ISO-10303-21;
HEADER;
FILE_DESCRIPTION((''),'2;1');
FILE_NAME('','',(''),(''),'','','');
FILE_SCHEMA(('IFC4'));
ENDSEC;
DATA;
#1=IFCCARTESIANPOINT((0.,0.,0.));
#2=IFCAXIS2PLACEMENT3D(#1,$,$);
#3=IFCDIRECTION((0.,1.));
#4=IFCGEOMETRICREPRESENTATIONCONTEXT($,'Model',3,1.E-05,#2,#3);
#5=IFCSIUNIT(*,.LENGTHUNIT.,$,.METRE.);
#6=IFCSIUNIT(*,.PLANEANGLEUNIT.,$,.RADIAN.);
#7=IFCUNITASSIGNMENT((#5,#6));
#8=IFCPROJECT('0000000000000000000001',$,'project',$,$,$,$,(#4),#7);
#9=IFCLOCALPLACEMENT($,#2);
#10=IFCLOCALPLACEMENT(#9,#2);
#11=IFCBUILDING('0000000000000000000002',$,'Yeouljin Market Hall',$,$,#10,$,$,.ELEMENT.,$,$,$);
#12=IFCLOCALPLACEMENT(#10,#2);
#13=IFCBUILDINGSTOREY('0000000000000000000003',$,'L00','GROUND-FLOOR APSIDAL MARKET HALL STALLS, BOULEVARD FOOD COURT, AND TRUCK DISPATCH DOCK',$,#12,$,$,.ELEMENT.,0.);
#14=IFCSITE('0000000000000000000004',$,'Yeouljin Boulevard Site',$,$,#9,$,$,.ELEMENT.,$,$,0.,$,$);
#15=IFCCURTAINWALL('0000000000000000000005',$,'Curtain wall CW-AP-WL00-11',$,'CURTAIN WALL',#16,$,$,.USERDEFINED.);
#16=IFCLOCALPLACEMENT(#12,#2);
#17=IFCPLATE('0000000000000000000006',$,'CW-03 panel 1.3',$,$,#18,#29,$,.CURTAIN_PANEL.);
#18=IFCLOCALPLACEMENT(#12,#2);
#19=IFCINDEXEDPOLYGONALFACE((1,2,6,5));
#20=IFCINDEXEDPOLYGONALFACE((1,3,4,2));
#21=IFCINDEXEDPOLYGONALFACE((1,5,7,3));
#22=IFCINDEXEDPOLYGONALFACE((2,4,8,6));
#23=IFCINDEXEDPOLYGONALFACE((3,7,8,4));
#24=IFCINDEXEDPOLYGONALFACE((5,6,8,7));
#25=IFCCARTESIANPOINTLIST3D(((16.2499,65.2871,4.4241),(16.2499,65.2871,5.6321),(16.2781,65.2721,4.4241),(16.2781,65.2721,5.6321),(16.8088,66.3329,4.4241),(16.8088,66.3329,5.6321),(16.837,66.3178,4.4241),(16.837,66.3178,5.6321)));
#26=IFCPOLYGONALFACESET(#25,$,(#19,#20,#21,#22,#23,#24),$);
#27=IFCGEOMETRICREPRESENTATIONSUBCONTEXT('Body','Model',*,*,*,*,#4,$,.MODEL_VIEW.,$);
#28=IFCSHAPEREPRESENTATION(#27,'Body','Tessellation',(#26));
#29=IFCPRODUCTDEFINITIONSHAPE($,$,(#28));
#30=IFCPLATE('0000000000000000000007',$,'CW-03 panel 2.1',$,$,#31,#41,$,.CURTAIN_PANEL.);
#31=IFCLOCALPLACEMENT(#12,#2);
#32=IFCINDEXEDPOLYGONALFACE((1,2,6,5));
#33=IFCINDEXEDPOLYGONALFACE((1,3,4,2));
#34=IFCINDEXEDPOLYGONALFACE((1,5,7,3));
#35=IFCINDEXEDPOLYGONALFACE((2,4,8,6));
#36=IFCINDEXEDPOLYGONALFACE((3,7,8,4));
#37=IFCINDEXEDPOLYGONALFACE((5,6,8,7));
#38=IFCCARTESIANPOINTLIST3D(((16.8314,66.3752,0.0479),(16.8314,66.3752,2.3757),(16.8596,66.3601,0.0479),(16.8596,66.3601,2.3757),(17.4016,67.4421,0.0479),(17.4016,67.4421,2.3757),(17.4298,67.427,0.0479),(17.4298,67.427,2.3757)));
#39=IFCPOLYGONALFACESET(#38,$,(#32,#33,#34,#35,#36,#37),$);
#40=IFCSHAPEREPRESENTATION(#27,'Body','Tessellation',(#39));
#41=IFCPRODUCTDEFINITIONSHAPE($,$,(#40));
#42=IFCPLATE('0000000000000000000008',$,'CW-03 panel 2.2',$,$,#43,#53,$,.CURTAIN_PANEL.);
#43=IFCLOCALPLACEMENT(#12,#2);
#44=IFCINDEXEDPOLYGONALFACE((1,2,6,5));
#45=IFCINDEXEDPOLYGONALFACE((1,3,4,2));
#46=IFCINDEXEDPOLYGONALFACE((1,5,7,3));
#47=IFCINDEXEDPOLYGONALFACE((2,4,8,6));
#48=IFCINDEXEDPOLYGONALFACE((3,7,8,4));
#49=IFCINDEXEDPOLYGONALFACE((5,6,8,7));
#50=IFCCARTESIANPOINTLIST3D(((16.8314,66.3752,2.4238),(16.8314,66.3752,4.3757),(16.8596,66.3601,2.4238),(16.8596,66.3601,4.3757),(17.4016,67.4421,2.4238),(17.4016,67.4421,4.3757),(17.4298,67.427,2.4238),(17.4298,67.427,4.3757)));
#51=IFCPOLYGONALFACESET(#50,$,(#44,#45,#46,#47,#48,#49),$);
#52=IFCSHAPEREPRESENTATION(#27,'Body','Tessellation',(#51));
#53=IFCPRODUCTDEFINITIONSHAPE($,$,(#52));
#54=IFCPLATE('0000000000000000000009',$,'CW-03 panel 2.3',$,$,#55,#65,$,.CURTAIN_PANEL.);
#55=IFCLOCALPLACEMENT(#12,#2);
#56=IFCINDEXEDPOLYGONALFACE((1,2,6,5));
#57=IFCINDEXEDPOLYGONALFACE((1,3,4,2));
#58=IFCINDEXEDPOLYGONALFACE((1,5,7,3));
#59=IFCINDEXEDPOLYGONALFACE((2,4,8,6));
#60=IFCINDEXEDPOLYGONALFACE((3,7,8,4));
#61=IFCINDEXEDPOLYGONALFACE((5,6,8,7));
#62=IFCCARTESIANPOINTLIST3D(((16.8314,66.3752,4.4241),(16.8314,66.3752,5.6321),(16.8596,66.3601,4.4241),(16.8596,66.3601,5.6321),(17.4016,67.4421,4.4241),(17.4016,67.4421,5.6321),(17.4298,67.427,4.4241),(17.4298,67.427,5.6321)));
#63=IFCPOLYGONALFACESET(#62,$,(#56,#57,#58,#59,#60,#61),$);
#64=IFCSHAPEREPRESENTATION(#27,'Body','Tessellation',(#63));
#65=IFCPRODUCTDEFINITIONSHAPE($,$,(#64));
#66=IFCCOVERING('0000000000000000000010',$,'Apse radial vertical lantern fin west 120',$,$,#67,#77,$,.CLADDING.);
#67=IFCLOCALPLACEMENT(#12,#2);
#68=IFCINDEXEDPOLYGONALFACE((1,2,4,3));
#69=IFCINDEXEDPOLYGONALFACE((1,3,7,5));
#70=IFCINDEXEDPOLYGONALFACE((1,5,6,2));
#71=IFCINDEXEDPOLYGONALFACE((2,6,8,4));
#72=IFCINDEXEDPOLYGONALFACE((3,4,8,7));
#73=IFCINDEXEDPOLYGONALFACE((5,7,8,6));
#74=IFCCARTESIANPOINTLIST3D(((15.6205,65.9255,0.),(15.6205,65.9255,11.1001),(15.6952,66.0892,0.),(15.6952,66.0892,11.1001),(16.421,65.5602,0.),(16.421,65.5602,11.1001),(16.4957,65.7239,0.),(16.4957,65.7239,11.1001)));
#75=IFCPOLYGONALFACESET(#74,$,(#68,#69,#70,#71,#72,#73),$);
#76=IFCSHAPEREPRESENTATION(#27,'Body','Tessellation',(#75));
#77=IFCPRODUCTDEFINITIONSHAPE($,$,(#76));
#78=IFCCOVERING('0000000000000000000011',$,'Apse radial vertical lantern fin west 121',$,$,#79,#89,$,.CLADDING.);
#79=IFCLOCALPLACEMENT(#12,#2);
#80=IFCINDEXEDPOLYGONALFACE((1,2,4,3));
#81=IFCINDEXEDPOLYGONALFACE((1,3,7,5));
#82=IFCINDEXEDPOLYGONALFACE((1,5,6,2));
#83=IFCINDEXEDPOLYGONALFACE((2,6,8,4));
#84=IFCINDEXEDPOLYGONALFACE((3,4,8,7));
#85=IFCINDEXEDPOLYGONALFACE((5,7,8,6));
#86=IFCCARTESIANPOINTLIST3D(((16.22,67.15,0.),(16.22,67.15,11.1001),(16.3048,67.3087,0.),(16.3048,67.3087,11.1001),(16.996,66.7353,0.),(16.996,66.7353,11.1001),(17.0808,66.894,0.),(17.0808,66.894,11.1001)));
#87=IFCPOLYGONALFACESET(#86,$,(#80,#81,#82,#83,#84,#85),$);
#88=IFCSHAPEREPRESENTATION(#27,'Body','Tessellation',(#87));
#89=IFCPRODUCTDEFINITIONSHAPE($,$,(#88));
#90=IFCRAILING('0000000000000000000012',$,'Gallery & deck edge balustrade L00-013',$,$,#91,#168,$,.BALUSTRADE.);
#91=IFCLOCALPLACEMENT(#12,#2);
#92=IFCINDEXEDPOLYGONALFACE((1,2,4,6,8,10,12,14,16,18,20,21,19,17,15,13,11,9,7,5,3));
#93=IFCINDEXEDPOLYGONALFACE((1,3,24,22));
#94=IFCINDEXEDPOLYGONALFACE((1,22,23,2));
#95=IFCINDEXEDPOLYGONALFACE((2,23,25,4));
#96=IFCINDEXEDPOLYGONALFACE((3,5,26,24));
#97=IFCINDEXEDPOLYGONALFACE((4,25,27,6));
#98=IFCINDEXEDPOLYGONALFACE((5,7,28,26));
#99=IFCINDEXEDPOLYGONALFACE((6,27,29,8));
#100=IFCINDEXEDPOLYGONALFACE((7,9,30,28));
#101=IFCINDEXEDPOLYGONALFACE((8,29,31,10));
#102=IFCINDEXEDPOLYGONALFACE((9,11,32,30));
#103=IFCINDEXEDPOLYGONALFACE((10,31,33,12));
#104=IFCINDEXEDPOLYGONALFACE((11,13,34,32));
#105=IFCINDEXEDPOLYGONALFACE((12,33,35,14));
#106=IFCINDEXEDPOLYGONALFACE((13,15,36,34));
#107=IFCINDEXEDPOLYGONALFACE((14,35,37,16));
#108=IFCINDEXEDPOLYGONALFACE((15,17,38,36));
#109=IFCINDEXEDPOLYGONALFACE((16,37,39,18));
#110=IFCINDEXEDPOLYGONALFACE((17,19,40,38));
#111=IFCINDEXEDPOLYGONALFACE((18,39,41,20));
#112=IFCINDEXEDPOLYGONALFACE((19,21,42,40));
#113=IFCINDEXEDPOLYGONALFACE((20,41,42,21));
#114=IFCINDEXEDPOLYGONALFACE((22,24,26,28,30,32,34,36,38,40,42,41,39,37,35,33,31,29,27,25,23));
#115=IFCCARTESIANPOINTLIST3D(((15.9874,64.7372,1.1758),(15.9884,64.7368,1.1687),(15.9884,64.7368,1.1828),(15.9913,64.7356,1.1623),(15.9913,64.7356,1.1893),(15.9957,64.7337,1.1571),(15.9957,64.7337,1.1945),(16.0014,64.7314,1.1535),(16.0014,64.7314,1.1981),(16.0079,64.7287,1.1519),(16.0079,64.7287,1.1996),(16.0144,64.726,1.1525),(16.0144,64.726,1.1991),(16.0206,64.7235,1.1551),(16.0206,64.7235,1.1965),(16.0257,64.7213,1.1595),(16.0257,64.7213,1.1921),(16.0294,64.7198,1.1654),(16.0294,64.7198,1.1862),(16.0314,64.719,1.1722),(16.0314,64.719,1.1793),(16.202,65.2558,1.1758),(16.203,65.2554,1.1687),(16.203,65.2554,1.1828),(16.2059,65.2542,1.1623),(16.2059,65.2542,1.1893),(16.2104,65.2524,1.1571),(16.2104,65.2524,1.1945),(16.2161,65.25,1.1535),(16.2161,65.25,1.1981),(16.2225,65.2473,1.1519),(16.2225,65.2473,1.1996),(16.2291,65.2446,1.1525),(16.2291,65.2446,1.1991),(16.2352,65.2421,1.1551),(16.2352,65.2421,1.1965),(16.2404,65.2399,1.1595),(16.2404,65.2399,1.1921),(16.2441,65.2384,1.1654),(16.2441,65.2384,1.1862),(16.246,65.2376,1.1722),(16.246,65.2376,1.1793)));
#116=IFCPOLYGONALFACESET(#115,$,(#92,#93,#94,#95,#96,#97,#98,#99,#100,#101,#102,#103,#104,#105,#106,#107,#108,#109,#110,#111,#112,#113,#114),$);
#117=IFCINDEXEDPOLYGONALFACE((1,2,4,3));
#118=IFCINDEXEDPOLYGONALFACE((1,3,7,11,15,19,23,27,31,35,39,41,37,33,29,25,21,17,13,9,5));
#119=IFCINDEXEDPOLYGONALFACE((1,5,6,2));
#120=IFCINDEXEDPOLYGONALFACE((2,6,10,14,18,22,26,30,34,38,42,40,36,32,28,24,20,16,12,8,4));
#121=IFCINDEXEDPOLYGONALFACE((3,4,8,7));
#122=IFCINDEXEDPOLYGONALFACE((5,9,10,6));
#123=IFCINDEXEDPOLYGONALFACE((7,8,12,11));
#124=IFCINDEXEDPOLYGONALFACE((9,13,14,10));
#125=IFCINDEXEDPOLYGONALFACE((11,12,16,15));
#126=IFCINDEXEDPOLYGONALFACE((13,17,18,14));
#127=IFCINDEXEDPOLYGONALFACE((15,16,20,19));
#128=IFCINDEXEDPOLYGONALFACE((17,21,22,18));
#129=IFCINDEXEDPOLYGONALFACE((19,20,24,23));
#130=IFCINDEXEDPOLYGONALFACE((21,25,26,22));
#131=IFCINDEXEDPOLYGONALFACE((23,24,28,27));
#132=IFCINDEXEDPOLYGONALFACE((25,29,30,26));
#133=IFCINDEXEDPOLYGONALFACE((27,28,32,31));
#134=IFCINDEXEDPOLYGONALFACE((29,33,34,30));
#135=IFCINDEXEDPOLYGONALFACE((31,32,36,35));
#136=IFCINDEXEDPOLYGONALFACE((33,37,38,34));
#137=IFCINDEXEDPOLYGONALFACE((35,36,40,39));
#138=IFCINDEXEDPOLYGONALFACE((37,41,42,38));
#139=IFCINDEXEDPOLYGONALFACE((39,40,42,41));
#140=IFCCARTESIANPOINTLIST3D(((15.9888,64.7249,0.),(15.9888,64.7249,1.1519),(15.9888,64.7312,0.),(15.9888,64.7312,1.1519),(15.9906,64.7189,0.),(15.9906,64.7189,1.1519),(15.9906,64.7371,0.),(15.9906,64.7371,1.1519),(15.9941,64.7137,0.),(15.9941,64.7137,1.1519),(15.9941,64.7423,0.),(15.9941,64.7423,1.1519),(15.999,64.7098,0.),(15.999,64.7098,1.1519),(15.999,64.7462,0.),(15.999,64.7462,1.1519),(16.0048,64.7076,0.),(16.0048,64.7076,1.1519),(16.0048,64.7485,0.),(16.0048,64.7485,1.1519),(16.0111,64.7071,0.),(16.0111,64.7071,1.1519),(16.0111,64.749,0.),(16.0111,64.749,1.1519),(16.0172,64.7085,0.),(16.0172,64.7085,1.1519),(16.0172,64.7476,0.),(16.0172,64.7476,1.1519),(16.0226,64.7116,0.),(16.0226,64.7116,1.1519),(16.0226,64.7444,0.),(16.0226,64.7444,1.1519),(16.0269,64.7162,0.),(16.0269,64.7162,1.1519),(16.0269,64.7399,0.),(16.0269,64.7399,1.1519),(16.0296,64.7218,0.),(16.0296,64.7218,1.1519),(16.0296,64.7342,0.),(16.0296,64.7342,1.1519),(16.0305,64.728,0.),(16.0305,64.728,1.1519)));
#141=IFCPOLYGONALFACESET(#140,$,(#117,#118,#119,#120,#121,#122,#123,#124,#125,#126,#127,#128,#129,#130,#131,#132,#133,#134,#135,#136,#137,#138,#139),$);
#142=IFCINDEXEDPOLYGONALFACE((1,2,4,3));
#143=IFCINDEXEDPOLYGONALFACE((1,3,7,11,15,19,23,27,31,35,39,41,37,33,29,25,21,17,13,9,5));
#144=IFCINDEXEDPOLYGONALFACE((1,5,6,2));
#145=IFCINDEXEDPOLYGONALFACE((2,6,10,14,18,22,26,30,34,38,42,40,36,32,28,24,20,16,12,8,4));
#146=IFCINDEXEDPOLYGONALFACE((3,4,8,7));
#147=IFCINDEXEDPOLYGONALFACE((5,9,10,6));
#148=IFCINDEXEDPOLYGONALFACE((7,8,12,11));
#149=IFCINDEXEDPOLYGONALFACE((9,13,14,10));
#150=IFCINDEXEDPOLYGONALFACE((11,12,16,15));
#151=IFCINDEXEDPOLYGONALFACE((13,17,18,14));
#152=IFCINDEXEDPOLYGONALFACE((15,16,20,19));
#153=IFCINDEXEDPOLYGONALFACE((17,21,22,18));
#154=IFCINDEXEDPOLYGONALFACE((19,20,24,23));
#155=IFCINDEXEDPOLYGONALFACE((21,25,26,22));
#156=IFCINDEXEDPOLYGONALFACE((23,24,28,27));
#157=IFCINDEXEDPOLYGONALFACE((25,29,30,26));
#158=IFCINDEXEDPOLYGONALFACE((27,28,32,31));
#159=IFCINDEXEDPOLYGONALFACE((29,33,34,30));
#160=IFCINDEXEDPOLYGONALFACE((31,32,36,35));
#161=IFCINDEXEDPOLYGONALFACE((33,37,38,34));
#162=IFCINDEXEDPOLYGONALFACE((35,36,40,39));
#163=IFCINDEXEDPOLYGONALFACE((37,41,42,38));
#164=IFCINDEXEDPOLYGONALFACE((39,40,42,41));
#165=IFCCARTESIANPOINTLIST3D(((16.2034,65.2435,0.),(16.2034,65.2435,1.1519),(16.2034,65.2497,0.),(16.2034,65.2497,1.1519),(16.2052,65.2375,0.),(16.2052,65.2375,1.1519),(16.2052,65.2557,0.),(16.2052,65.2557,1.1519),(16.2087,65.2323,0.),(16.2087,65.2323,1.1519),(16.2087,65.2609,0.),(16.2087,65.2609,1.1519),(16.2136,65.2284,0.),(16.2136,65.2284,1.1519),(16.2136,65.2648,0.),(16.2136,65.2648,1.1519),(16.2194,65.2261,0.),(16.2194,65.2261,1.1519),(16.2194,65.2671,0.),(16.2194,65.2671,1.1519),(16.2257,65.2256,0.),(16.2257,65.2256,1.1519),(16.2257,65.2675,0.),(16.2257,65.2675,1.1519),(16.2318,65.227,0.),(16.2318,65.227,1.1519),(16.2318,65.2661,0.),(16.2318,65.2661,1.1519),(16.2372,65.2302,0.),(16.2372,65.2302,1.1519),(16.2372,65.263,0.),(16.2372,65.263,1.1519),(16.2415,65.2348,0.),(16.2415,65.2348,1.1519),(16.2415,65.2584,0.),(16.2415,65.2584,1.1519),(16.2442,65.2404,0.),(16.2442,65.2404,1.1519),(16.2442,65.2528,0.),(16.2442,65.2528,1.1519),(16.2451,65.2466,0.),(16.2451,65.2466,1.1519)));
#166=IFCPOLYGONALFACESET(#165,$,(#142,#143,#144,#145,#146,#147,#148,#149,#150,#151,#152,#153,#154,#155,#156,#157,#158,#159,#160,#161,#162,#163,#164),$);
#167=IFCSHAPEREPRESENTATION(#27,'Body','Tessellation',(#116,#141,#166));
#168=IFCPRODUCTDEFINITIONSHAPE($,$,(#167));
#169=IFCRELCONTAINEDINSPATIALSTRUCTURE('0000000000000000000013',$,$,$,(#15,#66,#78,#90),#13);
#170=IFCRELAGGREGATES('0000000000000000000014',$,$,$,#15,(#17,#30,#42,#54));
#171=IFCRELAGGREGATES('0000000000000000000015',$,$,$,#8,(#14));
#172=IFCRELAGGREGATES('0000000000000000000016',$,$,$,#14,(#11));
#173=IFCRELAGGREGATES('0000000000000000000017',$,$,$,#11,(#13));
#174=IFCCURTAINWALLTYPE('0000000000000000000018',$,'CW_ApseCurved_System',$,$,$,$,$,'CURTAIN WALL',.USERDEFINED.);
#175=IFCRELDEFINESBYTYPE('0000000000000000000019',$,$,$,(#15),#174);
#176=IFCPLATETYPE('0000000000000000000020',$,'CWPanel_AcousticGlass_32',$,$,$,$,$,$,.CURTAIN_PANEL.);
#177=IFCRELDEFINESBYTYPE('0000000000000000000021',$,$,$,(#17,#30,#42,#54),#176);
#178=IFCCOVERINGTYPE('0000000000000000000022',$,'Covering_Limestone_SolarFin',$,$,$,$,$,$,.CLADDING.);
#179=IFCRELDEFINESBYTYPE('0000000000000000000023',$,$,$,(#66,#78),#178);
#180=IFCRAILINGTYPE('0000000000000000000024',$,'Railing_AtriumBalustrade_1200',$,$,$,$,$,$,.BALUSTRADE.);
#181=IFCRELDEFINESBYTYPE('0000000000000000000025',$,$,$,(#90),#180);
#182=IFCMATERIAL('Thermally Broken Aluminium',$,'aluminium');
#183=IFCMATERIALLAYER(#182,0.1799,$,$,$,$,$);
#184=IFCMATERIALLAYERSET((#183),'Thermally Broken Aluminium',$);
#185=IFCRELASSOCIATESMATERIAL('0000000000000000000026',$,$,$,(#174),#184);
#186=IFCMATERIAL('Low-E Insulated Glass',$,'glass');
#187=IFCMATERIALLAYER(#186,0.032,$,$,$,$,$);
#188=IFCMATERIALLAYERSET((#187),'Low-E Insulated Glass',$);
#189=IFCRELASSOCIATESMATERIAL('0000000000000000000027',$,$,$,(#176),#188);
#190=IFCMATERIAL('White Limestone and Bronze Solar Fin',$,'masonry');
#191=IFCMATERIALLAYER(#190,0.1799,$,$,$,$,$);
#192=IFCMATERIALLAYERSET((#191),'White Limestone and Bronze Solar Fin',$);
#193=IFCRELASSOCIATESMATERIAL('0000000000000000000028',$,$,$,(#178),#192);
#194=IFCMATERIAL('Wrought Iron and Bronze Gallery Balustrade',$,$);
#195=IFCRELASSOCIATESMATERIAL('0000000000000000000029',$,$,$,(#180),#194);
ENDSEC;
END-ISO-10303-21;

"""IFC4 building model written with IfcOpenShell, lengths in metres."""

from ifc_helpers import new_model, si_unit, direction, frame, origin, origin_2d, place, context, subcontext, project, spatial, rectangle, circle, extrude, material, layer, layer_set, type_object, element, aggregate, save


model = new_model("IFC4")

# Units and contexts
model_context = context("Model", 3, precision=1e-05, world=origin(), true_north=direction((0.0, 1.0)))
body_context = subcontext(model_context, "Body", "Model", "MODEL_VIEW")
ifc_project = project(units=[si_unit("LENGTHUNIT", "METRE"), si_unit("PLANEANGLEUNIT", "RADIAN")], contexts=[model_context])

# Site, building, storey
site_placement = place(None, origin())
site = spatial("IfcSite", under=ifc_project, at=site_placement, Name="Yeouljin Boulevard Site", CompositionType="ELEMENT", RefElevation=0.0)
building_placement = place(site_placement, origin())
building = spatial("IfcBuilding", under=site, at=building_placement, Name="Yeouljin Market Hall", CompositionType="ELEMENT")
storey_placement = place(building_placement, origin())
storey = spatial("IfcBuildingStorey", under=building, at=storey_placement, Name="L00", Description="GROUND-FLOOR APSIDAL MARKET HALL STALLS, BOULEVARD FOOD COURT, AND TRUCK DISPATCH DOCK", CompositionType="ELEMENT", Elevation=0.0)

# Shared definitions
ifc_material_1 = material(Name="Thermally Broken Aluminium", Category="aluminium")
ifc_layer_1 = layer(ifc_material_1, 0.1799)
ifc_layer_set_1 = layer_set([ifc_layer_1], Name="Thermally Broken Aluminium")
curtain_wall_type = type_object("IfcCurtainWallType", Name="CW_ApseCurved_System", ElementType="CURTAIN WALL", PredefinedType="USERDEFINED", material=ifc_layer_set_1)

# Curtain wall
curtain_wall_1_placement = place(storey_placement, origin())
curtain_wall_1 = element("IfcCurtainWall", 1, at=curtain_wall_1_placement, inside=storey, type_object=curtain_wall_type, Name="Curtain wall CW-AP-WL00-11", ObjectType="CURTAIN WALL", PredefinedType="USERDEFINED")

# Plates
ifc_material_2 = material(Name="Low-E Insulated Glass", Category="glass")
ifc_layer_2 = layer(ifc_material_2, 0.032)
ifc_layer_set_2 = layer_set([ifc_layer_2], Name="Low-E Insulated Glass")
plate_type = type_object("IfcPlateType", Name="CWPanel_AcousticGlass_32", PredefinedType="CURTAIN_PANEL", material=ifc_layer_set_2)
plate_1_placement = place(storey_placement, frame((16.5435, 65.8025, 4.4241), z_axis=(0.0, 0.0, 1.0), x_axis=(0.471378, 0.881931, 0.0)))
plate_1 = element("IfcPlate", 2, at=plate_1_placement, type_object=plate_type, Name="CW-03 panel 1.3", PredefinedType="CURTAIN_PANEL", context=body_context, shape_type="SweptSolid", body=[
    extrude(rectangle(XDim=1.1858, YDim=0.032, at=origin_2d()), origin(), (0.0, 0.0, 1.0), 1.208),
])
plate_2_placement = place(storey_placement, frame((17.1306, 66.9011, 0.0479), z_axis=(0.0, 0.0, 1.0), x_axis=(0.471378, 0.881931, 0.0)))
plate_2 = element("IfcPlate", 3, at=plate_2_placement, type_object=plate_type, Name="CW-03 panel 2.1", PredefinedType="CURTAIN_PANEL", context=body_context, shape_type="SweptSolid", body=[
    extrude(rectangle(XDim=1.2097, YDim=0.032, at=origin_2d()), origin(), (0.0, 0.0, 1.0), 2.3279),
])
plate_3_placement = place(storey_placement, frame((17.1306, 66.9011, 2.4238), z_axis=(0.0, 0.0, 1.0), x_axis=(0.471378, 0.881931, 0.0)))
plate_3 = element("IfcPlate", 4, at=plate_3_placement, type_object=plate_type, Name="CW-03 panel 2.2", PredefinedType="CURTAIN_PANEL", context=body_context, shape_type="SweptSolid", body=[
    extrude(rectangle(XDim=1.2097, YDim=0.032, at=origin_2d()), origin(), (0.0, 0.0, 1.0), 1.9519),
])
plate_4_placement = place(storey_placement, frame((17.1306, 66.9011, 4.4241), z_axis=(0.0, 0.0, 1.0), x_axis=(0.471378, 0.881931, 0.0)))
plate_4 = element("IfcPlate", 5, at=plate_4_placement, type_object=plate_type, Name="CW-03 panel 2.3", PredefinedType="CURTAIN_PANEL", context=body_context, shape_type="SweptSolid", body=[
    extrude(rectangle(XDim=1.2097, YDim=0.032, at=origin_2d()), origin(), (0.0, 0.0, 1.0), 1.208),
])
aggregate(curtain_wall_1, [plate_1, plate_2, plate_3, plate_4])

# Coverings
ifc_material_3 = material(Name="White Limestone and Bronze Solar Fin", Category="masonry")
ifc_layer_3 = layer(ifc_material_3, 0.1799)
ifc_layer_set_3 = layer_set([ifc_layer_3], Name="White Limestone and Bronze Solar Fin")
covering_type = type_object("IfcCoveringType", Name="Covering_Limestone_SolarFin", PredefinedType="CLADDING", material=ifc_layer_set_3)
for number, where, z_axis, x_axis, name in (
    (6, (16.0581, 65.8247, 0.0), (0.0, 0.0, 1.0), (-0.909744, 0.41517, 0.0), "Apse radial vertical lantern fin west 120"),
    (7, (16.6504, 67.022, 0.0), (0.0, 0.0, 1.0), (-0.881962, 0.47132, 0.0), "Apse radial vertical lantern fin west 121"),
):
    element("IfcCovering", number, at=place(storey_placement, frame(where, z_axis=z_axis, x_axis=x_axis)), inside=storey, type_object=covering_type, Name=name, PredefinedType="CLADDING", context=body_context, shape_type="SweptSolid", body=[
        extrude(rectangle(XDim=0.8799, YDim=0.1799, at=origin_2d()), origin(), (0.0, 0.0, 1.0), 11.1001),
    ])

# Railing
ifc_material_4 = material(Name="Wrought Iron and Bronze Gallery Balustrade")
railing_type = type_object("IfcRailingType", Name="Railing_AtriumBalustrade_1200", PredefinedType="BALUSTRADE", material=ifc_material_4)
railing_placement = place(storey_placement, frame((16.0095, 64.728, 0.0)))
element("IfcRailing", 8, at=railing_placement, inside=storey, type_object=railing_type, Name="Gallery & deck edge balustrade L00-013", PredefinedType="BALUSTRADE", context=body_context, shape_type="SweptSolid", body=[
    extrude(circle(Radius=0.0239, at=origin_2d()), frame((0.0, 0.0, 1.1758), z_axis=(0.38239, 0.924001, 0.0), x_axis=(-0.924001, 0.38239, 0.0)), (0.0, 0.0, 1.0), 0.5613),
    extrude(circle(Radius=0.021, at=origin_2d()), origin(), (0.0, 0.0, 1.0), 1.1519),
    extrude(circle(Radius=0.021, at=origin_2d()), frame((0.2146, 0.5186, 0.0)), (0.0, 0.0, 1.0), 1.1519),
])

save(model, "model.ifc")
